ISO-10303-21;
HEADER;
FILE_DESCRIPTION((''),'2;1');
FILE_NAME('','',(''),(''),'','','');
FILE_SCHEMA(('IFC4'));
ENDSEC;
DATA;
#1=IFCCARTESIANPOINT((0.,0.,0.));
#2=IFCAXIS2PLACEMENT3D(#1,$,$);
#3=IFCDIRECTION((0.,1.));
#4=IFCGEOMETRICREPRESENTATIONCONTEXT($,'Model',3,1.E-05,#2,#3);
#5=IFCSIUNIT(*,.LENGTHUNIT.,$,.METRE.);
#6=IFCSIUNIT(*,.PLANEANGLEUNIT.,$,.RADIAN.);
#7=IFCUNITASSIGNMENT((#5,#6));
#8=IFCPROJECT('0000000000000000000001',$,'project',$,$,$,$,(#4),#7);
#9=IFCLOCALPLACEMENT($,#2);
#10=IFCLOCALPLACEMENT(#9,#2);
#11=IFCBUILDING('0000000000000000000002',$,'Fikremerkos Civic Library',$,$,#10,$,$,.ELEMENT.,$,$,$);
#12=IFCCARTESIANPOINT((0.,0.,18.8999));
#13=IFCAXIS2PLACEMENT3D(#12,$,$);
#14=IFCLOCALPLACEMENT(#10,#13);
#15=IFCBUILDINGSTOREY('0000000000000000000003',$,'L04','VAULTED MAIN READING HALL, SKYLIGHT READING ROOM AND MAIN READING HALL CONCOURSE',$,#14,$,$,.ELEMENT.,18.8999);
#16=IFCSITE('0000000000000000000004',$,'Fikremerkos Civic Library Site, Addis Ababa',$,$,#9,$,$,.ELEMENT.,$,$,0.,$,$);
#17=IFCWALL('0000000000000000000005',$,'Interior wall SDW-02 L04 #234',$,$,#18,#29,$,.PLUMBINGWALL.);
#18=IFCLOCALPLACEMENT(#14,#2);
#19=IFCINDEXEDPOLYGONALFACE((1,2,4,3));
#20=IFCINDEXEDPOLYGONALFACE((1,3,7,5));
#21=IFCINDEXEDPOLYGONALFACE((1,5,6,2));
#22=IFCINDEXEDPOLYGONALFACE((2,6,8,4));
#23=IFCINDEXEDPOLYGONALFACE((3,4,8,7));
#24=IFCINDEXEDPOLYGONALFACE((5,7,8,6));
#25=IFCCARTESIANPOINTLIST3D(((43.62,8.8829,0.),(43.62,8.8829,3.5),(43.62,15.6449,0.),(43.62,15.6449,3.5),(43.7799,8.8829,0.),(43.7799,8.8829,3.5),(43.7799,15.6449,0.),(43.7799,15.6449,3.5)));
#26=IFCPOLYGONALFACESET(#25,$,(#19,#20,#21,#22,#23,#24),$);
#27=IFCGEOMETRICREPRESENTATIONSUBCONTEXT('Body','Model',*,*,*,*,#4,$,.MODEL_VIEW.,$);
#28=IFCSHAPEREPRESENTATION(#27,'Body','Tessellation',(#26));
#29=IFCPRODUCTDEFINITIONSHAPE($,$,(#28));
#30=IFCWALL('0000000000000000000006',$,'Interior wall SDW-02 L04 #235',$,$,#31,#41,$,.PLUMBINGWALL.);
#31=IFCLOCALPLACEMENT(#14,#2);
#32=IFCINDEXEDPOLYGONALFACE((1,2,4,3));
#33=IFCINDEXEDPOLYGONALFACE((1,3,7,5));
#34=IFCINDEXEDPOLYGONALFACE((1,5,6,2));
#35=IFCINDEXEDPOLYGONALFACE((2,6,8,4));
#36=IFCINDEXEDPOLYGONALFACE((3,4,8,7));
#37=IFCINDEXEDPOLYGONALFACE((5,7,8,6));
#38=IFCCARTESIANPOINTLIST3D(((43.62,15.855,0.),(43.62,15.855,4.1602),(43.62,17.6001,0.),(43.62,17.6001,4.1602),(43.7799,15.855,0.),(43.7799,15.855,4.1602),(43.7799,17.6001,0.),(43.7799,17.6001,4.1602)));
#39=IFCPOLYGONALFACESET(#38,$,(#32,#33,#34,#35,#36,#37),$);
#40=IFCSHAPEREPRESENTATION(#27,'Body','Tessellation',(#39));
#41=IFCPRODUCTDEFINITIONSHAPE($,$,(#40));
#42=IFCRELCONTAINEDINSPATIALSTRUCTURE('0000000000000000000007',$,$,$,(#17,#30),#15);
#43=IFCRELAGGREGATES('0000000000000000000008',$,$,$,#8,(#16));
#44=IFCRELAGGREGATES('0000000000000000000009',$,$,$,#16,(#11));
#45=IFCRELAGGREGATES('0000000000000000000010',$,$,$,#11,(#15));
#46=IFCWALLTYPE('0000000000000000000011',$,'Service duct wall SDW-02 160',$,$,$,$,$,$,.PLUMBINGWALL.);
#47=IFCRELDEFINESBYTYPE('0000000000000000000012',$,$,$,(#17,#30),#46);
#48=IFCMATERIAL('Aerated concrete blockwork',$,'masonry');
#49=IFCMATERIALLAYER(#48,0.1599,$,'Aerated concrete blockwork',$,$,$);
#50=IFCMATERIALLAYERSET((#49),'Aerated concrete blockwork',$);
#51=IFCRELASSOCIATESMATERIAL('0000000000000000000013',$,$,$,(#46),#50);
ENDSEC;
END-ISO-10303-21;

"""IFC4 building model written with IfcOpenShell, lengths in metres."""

from ifc_helpers import new_model, si_unit, direction, frame, frame_2d, origin, place, context, subcontext, project, spatial, rectangle, extrude, material, layer, layer_set, type_object, element, save


model = new_model("IFC4")

# Units and contexts
model_context = context("Model", 3, precision=1e-05, world=origin(), true_north=direction((0.0, 1.0)))
body_context = subcontext(model_context, "Body", "Model", "MODEL_VIEW")
ifc_project = project(units=[si_unit("LENGTHUNIT", "METRE"), si_unit("PLANEANGLEUNIT", "RADIAN")], contexts=[model_context])

# Site, building, storey
site_placement = place(None, origin())
site = spatial("IfcSite", under=ifc_project, at=site_placement, Name="Fikremerkos Civic Library Site, Addis Ababa", CompositionType="ELEMENT", RefElevation=0.0)
building_placement = place(site_placement, origin())
building = spatial("IfcBuilding", under=site, at=building_placement, Name="Fikremerkos Civic Library", CompositionType="ELEMENT")
storey_placement = place(building_placement, frame((0.0, 0.0, 18.8999)))
storey = spatial("IfcBuildingStorey", under=building, at=storey_placement, Name="L04", Description="VAULTED MAIN READING HALL, SKYLIGHT READING ROOM AND MAIN READING HALL CONCOURSE", CompositionType="ELEMENT", Elevation=18.8999)

# Walls
ifc_material_1 = material(Name="Aerated concrete blockwork", Category="masonry")
ifc_layer_1 = layer(ifc_material_1, 0.1599, Name="Aerated concrete blockwork")
ifc_layer_set_1 = layer_set([ifc_layer_1], Name="Aerated concrete blockwork")
wall_type_1 = type_object("IfcWallType", Name="Service duct wall SDW-02 160", PredefinedType="PLUMBINGWALL", material=ifc_layer_set_1)
for number, where, z_axis, x_axis, name in (
    (1, (43.7, 8.8831, 0.0), (0.0, 0.0, 1.0), (0.0, 1.0, 0.0), "Interior wall SDW-02 L04 #234"),
):
    element("IfcWall", number, at=place(storey_placement, frame(where, z_axis=z_axis, x_axis=x_axis)), inside=storey, type_object=wall_type_1, Name=name, PredefinedType="PLUMBINGWALL", context=body_context, shape_type="SweptSolid", body=[
        extrude(rectangle(XDim=6.762, YDim=0.1599, at=frame_2d((3.3809, 0.0))), origin(), (0.0, 0.0, 1.0), 3.5),
    ])
wall_1_placement = place(storey_placement, frame((43.7, 15.855, 0.0), z_axis=(0.0, 0.0, 1.0), x_axis=(0.0, 1.0, 0.0)))
element("IfcWall", 2, at=wall_1_placement, inside=storey, type_object=wall_type_1, Name="Interior wall SDW-02 L04 #235", PredefinedType="PLUMBINGWALL", context=body_context, shape_type="SweptSolid", body=[
    extrude(rectangle(XDim=1.7451, YDim=0.1599, at=frame_2d((0.8726, 0.0))), origin(), (0.0, 0.0, 1.0), 4.1602),
])

save(model, "model.ifc")
